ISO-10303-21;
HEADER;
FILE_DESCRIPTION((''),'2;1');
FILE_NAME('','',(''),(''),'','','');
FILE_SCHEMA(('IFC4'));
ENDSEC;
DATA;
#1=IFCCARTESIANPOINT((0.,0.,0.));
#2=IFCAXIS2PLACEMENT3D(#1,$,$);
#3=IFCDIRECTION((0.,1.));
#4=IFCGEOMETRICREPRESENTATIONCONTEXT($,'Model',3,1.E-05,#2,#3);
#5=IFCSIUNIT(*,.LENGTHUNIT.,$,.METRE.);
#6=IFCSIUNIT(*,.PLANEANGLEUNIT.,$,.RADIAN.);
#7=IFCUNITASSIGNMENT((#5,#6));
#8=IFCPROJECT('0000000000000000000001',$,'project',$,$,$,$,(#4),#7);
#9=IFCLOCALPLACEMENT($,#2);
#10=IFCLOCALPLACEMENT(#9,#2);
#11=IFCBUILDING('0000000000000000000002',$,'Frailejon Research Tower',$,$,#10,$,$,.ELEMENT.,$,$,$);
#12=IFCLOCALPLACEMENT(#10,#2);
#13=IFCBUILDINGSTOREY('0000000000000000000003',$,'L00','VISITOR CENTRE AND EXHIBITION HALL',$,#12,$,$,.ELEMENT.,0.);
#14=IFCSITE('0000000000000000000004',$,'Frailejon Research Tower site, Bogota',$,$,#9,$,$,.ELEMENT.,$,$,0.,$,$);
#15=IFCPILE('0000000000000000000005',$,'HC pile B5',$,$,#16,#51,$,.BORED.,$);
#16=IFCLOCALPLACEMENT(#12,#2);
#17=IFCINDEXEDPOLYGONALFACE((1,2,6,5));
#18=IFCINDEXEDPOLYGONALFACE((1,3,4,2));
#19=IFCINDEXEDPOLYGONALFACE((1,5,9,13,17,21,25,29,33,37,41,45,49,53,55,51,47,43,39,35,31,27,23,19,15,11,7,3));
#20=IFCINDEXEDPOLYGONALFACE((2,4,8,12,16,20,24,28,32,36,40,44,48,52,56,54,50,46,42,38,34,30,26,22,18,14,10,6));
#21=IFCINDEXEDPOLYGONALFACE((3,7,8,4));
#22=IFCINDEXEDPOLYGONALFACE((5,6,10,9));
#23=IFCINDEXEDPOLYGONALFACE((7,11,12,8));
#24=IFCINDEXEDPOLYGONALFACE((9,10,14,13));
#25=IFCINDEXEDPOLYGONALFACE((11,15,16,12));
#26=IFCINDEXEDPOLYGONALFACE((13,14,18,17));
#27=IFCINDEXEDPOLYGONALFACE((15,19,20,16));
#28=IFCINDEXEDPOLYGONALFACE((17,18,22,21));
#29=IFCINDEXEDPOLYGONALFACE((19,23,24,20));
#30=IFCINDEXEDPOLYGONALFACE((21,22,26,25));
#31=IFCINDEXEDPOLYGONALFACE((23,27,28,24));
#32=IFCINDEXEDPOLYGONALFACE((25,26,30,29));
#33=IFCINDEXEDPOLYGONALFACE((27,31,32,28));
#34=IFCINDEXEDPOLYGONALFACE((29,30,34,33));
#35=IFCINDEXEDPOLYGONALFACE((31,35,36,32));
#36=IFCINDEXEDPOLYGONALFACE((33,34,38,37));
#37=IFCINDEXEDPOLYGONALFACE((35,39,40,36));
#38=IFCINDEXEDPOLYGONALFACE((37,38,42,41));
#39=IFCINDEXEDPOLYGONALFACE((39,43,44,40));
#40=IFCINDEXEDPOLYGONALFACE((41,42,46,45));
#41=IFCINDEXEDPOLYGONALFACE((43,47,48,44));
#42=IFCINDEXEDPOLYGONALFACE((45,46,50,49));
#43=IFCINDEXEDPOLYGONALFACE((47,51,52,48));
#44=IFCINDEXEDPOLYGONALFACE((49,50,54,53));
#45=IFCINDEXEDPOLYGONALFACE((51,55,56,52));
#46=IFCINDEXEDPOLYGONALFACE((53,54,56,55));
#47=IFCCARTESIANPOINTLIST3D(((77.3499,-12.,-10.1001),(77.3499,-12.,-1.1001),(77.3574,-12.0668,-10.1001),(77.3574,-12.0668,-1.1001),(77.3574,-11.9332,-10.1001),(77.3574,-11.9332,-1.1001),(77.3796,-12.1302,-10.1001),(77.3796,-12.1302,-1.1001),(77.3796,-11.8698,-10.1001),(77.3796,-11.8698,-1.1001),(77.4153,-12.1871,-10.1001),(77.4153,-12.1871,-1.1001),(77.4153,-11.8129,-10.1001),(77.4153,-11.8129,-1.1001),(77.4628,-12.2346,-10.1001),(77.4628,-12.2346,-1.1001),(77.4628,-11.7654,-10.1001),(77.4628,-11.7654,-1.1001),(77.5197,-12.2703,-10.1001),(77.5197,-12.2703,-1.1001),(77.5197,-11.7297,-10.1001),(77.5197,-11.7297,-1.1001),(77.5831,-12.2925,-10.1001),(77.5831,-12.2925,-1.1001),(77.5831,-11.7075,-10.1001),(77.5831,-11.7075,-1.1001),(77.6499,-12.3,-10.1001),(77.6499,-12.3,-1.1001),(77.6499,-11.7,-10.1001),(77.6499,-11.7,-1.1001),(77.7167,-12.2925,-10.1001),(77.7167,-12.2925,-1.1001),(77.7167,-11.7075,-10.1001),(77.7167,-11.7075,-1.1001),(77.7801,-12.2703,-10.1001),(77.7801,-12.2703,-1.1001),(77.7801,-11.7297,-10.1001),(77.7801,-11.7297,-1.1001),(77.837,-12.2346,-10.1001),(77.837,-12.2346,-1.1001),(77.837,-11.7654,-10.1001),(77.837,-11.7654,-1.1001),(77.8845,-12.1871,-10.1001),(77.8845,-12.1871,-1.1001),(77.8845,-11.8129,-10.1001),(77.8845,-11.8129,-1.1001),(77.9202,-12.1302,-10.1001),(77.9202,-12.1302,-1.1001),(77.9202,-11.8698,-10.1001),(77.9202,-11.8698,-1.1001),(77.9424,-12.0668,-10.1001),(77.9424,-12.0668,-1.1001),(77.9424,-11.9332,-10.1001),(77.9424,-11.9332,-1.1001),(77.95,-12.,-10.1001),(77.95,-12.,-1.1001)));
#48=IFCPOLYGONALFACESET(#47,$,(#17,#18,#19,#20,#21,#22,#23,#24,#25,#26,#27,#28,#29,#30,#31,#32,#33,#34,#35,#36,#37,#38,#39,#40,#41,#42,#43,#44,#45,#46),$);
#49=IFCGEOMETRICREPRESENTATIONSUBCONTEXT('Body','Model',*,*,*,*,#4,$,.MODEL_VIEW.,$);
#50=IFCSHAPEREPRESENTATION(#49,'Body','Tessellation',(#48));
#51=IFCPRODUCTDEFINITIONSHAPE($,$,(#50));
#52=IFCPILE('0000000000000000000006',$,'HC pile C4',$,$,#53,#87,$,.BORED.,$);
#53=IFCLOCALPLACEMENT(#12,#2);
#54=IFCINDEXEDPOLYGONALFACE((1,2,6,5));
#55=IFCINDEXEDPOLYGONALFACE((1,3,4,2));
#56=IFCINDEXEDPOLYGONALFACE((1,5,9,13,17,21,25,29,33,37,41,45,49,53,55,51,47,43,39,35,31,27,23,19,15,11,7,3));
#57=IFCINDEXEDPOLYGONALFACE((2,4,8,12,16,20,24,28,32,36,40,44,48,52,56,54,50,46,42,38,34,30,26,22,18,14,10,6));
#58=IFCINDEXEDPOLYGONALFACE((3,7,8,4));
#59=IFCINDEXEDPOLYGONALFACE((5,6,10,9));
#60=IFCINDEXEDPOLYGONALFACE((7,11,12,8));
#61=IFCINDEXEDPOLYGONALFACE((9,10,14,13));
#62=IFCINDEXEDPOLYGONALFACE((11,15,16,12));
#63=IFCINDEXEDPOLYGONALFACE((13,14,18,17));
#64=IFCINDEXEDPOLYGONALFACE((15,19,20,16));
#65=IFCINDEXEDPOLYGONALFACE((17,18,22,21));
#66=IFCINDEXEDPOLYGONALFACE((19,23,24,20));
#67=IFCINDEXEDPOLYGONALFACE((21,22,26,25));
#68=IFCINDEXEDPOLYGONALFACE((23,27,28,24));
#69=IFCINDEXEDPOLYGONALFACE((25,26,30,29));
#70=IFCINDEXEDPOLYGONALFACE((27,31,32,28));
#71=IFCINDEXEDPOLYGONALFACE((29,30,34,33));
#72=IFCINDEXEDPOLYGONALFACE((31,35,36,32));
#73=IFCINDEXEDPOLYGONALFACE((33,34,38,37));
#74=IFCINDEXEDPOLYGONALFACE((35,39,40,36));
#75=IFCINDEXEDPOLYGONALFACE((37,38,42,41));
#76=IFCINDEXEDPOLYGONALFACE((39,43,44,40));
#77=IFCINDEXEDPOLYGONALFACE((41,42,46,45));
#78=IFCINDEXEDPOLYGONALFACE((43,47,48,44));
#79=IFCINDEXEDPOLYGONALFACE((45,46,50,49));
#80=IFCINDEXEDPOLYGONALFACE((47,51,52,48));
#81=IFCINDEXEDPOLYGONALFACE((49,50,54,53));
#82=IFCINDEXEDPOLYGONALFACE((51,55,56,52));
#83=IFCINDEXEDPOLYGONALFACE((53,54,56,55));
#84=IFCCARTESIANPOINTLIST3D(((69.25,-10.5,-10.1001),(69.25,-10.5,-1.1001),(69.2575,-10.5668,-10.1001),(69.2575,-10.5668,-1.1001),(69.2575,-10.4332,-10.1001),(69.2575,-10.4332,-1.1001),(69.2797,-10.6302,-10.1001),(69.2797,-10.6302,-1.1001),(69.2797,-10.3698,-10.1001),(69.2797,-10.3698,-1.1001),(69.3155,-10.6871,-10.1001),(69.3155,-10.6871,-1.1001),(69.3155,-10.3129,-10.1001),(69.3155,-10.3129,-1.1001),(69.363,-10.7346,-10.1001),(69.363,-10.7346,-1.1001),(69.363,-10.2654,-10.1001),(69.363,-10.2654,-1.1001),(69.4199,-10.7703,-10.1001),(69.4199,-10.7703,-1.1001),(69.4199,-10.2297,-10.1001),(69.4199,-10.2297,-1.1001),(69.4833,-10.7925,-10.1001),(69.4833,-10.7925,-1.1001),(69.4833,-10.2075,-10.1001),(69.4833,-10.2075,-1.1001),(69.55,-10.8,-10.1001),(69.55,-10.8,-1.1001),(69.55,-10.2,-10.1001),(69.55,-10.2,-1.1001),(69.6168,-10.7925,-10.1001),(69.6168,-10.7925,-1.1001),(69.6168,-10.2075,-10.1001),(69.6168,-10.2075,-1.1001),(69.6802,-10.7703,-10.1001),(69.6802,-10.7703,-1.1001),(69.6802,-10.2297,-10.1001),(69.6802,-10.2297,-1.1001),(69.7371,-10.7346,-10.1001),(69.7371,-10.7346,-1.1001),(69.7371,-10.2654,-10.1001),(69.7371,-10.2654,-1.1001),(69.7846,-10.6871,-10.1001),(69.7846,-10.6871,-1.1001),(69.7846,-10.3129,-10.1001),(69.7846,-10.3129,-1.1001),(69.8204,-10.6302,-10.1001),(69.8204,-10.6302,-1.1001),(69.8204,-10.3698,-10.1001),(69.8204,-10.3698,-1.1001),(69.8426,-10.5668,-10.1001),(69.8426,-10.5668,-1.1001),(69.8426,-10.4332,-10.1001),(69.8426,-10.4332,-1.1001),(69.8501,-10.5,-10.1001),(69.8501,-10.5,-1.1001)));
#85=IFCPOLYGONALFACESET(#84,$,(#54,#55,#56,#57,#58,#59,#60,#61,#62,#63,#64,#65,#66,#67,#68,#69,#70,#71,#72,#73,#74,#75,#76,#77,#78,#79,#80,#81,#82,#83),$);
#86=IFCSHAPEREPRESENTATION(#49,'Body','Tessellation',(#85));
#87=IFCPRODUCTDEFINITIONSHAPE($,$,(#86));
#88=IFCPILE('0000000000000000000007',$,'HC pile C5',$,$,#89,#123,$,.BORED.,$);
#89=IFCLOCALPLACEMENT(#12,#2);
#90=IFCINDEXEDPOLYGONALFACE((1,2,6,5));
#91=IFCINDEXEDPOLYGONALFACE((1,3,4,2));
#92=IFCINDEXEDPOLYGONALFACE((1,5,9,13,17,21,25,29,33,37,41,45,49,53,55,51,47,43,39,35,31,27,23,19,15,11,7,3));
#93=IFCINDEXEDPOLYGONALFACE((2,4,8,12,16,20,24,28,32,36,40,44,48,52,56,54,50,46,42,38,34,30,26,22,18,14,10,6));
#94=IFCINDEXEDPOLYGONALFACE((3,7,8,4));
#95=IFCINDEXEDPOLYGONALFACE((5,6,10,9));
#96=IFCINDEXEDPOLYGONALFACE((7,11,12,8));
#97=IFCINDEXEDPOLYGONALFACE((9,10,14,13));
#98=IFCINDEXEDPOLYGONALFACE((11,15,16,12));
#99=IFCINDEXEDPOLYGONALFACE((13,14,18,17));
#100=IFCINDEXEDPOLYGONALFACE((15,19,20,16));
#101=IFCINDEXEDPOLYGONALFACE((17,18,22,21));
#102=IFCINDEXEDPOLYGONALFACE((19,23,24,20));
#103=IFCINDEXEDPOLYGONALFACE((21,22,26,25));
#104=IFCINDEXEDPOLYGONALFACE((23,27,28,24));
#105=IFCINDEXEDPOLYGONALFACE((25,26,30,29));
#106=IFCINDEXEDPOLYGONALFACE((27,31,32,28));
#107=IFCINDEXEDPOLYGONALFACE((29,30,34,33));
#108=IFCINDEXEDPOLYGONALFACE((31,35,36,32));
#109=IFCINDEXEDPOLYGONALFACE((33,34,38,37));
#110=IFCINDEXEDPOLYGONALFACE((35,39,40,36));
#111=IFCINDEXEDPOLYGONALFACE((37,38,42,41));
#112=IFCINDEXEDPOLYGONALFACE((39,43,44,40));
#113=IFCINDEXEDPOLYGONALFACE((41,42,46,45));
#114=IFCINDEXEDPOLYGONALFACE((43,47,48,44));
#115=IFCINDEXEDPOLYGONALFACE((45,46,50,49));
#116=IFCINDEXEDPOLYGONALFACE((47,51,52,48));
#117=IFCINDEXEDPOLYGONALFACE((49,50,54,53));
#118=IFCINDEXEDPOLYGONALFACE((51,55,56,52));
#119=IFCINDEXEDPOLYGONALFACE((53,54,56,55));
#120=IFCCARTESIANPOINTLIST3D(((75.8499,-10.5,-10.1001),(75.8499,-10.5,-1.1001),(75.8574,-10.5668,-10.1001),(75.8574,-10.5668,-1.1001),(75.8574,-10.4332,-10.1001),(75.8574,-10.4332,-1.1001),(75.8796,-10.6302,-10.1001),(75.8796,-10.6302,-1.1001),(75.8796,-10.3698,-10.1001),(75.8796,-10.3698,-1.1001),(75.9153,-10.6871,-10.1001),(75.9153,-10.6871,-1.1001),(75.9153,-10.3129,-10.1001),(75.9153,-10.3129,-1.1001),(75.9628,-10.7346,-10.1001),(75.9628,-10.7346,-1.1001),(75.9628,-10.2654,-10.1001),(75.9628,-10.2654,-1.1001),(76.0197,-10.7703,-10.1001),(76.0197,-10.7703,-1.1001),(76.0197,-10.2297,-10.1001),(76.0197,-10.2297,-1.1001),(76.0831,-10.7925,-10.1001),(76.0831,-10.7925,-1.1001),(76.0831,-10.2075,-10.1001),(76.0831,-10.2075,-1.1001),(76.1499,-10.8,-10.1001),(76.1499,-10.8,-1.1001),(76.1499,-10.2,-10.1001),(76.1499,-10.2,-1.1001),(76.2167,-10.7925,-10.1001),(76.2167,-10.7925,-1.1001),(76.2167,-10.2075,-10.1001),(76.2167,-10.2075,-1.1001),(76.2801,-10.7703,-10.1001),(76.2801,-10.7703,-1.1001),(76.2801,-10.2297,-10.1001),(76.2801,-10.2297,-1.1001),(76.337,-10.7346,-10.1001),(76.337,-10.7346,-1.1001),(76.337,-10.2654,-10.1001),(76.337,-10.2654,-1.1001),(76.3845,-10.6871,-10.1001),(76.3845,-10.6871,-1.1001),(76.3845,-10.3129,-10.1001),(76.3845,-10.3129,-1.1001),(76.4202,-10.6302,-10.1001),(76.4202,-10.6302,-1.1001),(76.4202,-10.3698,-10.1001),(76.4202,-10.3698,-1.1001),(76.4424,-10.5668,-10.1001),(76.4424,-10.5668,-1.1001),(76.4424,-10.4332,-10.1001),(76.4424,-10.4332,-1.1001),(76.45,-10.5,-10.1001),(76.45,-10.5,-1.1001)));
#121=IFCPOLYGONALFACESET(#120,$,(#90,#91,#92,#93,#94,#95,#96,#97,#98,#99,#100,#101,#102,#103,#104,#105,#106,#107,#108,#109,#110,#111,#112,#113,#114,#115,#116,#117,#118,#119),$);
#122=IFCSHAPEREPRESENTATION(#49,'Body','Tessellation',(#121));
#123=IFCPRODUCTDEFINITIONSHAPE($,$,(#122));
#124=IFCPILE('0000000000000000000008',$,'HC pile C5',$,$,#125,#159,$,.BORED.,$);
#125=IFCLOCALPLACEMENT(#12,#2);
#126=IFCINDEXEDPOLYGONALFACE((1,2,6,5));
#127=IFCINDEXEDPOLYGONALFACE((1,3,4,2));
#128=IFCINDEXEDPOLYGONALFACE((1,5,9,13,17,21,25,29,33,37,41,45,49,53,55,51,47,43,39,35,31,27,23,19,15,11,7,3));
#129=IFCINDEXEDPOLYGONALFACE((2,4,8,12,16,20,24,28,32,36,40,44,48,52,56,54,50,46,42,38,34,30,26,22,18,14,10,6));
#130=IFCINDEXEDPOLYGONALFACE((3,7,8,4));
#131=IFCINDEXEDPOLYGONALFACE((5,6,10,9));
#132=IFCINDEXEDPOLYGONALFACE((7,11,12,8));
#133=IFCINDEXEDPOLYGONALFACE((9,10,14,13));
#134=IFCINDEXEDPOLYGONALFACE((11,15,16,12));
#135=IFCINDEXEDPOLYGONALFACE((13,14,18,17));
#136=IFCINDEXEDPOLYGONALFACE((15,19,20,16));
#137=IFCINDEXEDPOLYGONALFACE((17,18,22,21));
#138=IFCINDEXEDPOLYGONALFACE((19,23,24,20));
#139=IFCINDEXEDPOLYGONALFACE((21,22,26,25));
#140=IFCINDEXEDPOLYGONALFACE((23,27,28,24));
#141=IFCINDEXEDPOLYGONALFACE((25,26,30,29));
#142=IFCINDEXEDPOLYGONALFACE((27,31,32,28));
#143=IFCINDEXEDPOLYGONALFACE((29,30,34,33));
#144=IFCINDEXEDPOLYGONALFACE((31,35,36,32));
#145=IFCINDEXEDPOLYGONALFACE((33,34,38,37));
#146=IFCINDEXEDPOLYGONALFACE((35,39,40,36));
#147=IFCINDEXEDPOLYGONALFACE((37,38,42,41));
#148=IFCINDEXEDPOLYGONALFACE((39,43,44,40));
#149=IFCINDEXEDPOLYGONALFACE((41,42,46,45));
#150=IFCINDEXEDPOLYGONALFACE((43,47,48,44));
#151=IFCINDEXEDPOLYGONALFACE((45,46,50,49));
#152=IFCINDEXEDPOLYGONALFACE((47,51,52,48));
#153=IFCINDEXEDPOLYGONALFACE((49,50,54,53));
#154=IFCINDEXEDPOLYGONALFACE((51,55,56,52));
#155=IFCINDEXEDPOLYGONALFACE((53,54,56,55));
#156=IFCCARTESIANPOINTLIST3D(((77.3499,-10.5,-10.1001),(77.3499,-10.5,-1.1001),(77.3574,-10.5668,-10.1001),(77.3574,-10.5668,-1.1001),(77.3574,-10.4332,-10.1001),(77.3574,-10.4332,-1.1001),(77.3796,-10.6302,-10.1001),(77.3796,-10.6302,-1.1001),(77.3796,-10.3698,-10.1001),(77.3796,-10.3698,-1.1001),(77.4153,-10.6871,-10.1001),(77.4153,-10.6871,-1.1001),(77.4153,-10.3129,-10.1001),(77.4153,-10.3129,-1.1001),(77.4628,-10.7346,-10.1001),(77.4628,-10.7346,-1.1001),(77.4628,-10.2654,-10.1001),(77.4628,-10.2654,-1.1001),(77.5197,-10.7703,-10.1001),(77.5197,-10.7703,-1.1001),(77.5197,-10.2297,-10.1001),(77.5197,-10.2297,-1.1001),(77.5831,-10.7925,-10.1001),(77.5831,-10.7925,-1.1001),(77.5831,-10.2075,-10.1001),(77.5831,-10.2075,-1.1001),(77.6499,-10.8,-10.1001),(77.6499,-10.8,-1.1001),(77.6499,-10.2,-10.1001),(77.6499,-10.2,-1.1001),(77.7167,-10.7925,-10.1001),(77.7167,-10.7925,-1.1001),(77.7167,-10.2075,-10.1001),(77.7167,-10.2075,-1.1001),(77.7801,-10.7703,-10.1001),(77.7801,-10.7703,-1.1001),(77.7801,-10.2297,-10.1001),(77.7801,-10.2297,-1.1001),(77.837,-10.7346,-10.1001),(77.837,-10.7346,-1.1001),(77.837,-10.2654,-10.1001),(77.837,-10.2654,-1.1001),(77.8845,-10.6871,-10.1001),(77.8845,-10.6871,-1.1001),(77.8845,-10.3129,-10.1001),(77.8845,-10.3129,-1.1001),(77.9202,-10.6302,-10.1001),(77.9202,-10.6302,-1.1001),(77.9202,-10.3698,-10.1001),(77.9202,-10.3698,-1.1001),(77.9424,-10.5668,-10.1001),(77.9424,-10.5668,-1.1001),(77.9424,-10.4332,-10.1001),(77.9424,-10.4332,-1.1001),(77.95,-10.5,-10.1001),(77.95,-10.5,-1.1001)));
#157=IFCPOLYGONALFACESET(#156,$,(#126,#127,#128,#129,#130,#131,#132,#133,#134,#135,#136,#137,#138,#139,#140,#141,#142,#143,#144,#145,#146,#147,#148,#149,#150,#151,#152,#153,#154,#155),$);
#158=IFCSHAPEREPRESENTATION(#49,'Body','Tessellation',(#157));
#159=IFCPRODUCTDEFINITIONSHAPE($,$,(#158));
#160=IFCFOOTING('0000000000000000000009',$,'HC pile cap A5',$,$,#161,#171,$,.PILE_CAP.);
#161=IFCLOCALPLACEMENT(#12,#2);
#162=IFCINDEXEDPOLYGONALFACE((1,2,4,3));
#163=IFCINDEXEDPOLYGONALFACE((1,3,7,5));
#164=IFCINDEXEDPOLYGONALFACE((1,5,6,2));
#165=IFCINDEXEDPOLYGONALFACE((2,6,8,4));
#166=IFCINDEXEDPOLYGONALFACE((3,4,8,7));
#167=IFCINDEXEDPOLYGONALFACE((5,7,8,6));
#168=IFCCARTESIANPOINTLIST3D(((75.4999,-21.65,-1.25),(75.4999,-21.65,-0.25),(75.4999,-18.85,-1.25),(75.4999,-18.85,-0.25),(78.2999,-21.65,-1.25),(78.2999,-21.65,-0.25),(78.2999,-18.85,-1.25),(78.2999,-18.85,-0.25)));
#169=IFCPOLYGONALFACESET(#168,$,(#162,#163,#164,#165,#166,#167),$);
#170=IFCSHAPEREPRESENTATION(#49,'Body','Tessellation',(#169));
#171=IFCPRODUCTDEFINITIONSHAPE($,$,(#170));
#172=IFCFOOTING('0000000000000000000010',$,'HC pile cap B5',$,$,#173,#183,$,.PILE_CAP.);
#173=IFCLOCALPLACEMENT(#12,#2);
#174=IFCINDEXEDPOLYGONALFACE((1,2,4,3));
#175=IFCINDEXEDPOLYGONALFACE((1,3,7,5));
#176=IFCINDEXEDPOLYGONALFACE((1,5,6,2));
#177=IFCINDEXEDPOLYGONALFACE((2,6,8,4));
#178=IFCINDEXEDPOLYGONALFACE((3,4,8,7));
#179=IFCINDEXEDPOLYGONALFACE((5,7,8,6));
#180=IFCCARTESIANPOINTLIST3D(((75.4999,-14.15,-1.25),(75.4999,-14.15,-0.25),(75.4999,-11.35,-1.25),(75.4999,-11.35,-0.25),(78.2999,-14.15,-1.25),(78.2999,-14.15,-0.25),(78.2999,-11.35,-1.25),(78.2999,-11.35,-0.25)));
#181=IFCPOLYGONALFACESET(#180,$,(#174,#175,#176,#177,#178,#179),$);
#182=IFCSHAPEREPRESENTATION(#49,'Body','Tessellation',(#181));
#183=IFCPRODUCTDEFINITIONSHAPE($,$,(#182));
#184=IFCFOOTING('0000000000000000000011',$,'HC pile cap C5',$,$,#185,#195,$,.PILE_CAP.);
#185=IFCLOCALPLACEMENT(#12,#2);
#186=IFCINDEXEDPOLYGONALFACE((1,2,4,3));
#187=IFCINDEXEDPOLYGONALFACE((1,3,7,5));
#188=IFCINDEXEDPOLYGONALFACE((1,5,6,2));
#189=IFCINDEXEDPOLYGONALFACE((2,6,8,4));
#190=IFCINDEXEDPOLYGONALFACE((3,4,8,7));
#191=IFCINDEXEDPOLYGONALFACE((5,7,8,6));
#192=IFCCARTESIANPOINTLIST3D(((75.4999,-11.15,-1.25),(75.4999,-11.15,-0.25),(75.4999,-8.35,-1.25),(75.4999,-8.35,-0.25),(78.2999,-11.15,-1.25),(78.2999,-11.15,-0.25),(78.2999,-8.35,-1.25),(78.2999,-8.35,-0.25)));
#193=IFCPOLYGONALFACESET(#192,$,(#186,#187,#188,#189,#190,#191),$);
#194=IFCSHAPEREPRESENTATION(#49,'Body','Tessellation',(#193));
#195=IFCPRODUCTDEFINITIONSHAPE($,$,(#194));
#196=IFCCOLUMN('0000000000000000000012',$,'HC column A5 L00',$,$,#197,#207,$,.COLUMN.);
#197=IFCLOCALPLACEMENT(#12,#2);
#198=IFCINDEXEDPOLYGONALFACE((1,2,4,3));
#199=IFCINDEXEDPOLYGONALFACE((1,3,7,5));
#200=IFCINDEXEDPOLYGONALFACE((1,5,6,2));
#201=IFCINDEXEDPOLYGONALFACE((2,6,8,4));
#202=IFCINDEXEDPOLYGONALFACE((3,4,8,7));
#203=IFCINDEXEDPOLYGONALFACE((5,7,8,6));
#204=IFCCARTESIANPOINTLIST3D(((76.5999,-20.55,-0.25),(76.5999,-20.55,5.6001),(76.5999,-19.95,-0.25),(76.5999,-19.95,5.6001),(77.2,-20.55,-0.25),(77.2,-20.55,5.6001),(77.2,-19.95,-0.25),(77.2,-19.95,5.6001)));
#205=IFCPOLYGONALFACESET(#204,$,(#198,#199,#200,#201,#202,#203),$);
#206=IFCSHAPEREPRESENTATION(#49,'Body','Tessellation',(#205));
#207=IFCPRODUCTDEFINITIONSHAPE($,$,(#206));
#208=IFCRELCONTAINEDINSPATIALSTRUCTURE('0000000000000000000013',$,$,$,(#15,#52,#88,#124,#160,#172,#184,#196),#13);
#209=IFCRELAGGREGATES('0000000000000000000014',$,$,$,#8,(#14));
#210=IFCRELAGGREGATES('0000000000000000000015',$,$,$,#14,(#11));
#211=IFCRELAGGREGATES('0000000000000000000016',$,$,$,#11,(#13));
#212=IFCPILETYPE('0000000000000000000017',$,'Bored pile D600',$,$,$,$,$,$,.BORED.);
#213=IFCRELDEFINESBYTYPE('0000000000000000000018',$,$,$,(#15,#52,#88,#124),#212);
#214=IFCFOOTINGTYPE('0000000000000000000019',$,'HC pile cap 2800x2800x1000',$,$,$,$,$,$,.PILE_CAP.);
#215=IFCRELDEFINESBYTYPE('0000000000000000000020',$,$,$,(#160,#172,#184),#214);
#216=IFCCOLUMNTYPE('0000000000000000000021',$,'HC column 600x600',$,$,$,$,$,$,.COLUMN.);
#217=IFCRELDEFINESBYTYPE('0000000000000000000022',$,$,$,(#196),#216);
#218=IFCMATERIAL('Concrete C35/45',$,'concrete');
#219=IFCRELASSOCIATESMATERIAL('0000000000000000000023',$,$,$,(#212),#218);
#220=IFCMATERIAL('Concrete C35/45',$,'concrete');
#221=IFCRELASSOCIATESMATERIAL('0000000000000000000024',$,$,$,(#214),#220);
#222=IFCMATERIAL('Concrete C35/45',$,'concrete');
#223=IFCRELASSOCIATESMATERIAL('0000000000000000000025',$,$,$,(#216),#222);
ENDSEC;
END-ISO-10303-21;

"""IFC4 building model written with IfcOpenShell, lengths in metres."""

from ifc_helpers import new_model, si_unit, direction, frame, origin, origin_2d, place, context, subcontext, project, spatial, rectangle, circle, extrude, material, material_profile, profile_set, type_object, element, save


model = new_model("IFC4")

# Units and contexts
model_context = context("Model", 3, precision=1e-05, world=origin(), true_north=direction((0.0, 1.0)))
body_context = subcontext(model_context, "Body", "Model", "MODEL_VIEW")
ifc_project = project(units=[si_unit("LENGTHUNIT", "METRE"), si_unit("PLANEANGLEUNIT", "RADIAN")], contexts=[model_context])

# Site, building, storey
site_placement = place(None, origin())
site = spatial("IfcSite", under=ifc_project, at=site_placement, Name="Frailejon Research Tower site, Bogota", CompositionType="ELEMENT", RefElevation=0.0)
building_placement = place(site_placement, origin())
building = spatial("IfcBuilding", under=site, at=building_placement, Name="Frailejon Research Tower", CompositionType="ELEMENT")
storey_placement = place(building_placement, origin())
storey = spatial("IfcBuildingStorey", under=building, at=storey_placement, Name="L00", Description="VISITOR CENTRE AND EXHIBITION HALL", CompositionType="ELEMENT", Elevation=0.0)

# Piles
ifc_material_1 = material(Name="Concrete C35/45", Category="concrete")
ifc_material_profile_1 = material_profile(ifc_material_1, circle(Radius=0.3, at=origin_2d()), Name="Bored pile D600")
ifc_profile_set_1 = profile_set([ifc_material_profile_1], Name="Concrete C35/45")
pile_type = type_object("IfcPileType", Name="Bored pile D600", PredefinedType="BORED", material=ifc_profile_set_1)
for number, where, z_axis, x_axis, name in (
    (1, (77.6499, -12.0, -1.1001), (0.0, 0.0, -1.0), (1.0, 0.0, 0.0), "HC pile B5"),
    (2, (69.55, -10.5, -1.1001), (0.0, 0.0, -1.0), (1.0, 0.0, 0.0), "HC pile C4"),
    (3, (76.1499, -10.5, -1.1001), (0.0, 0.0, -1.0), (1.0, 0.0, 0.0), "HC pile C5"),
    (4, (77.6499, -10.5, -1.1001), (0.0, 0.0, -1.0), (1.0, 0.0, 0.0), "HC pile C5"),
):
    element("IfcPile", number, at=place(storey_placement, frame(where, z_axis=z_axis, x_axis=x_axis)), inside=storey, type_object=pile_type, Name=name, PredefinedType="BORED", context=body_context, shape_type="SweptSolid", body=[
        extrude(circle(Radius=0.3, at=origin_2d()), origin(), (0.0, 0.0, 1.0), 9.0),
    ])

# Footings
ifc_material_2 = material(Name="Concrete C35/45", Category="concrete")
footing_type = type_object("IfcFootingType", Name="HC pile cap 2800x2800x1000", PredefinedType="PILE_CAP", material=ifc_material_2)
for number, where, z_axis, x_axis, name in (
    (5, (76.8999, -20.25, -1.25), (0.0, 0.0, 1.0), (1.0, 0.0, 0.0), "HC pile cap A5"),
    (6, (76.8999, -12.75, -1.25), (0.0, 0.0, 1.0), (1.0, 0.0, 0.0), "HC pile cap B5"),
    (7, (76.8999, -9.75, -1.25), (0.0, 0.0, 1.0), (1.0, 0.0, 0.0), "HC pile cap C5"),
):
    element("IfcFooting", number, at=place(storey_placement, frame(where, z_axis=z_axis, x_axis=x_axis)), inside=storey, type_object=footing_type, Name=name, PredefinedType="PILE_CAP", context=body_context, shape_type="SweptSolid", body=[
        extrude(rectangle(XDim=2.8, YDim=2.8, at=origin_2d()), origin(), (0.0, 0.0, 1.0), 1.0),
    ])

# Column
ifc_material_3 = material(Name="Concrete C35/45", Category="concrete")
ifc_material_profile_2 = material_profile(ifc_material_3, rectangle(XDim=0.6001, YDim=0.6001, at=origin_2d()), Name="HC column 600x600")
ifc_profile_set_2 = profile_set([ifc_material_profile_2], Name="Concrete C35/45")
column_type = type_object("IfcColumnType", Name="HC column 600x600", PredefinedType="COLUMN", material=ifc_profile_set_2)
for number, where, z_axis, x_axis, name in (
    (8, (76.8999, -20.25, -0.25), (0.0, 0.0, 1.0), (1.0, 0.0, 0.0), "HC column A5 L00"),
):
    element("IfcColumn", number, at=place(storey_placement, frame(where, z_axis=z_axis, x_axis=x_axis)), inside=storey, type_object=column_type, Name=name, PredefinedType="COLUMN", context=body_context, shape_type="SweptSolid", body=[
        extrude(rectangle(XDim=0.6001, YDim=0.6001, at=origin_2d()), origin(), (0.0, 0.0, 1.0), 5.8501),
    ])

save(model, "model.ifc")
